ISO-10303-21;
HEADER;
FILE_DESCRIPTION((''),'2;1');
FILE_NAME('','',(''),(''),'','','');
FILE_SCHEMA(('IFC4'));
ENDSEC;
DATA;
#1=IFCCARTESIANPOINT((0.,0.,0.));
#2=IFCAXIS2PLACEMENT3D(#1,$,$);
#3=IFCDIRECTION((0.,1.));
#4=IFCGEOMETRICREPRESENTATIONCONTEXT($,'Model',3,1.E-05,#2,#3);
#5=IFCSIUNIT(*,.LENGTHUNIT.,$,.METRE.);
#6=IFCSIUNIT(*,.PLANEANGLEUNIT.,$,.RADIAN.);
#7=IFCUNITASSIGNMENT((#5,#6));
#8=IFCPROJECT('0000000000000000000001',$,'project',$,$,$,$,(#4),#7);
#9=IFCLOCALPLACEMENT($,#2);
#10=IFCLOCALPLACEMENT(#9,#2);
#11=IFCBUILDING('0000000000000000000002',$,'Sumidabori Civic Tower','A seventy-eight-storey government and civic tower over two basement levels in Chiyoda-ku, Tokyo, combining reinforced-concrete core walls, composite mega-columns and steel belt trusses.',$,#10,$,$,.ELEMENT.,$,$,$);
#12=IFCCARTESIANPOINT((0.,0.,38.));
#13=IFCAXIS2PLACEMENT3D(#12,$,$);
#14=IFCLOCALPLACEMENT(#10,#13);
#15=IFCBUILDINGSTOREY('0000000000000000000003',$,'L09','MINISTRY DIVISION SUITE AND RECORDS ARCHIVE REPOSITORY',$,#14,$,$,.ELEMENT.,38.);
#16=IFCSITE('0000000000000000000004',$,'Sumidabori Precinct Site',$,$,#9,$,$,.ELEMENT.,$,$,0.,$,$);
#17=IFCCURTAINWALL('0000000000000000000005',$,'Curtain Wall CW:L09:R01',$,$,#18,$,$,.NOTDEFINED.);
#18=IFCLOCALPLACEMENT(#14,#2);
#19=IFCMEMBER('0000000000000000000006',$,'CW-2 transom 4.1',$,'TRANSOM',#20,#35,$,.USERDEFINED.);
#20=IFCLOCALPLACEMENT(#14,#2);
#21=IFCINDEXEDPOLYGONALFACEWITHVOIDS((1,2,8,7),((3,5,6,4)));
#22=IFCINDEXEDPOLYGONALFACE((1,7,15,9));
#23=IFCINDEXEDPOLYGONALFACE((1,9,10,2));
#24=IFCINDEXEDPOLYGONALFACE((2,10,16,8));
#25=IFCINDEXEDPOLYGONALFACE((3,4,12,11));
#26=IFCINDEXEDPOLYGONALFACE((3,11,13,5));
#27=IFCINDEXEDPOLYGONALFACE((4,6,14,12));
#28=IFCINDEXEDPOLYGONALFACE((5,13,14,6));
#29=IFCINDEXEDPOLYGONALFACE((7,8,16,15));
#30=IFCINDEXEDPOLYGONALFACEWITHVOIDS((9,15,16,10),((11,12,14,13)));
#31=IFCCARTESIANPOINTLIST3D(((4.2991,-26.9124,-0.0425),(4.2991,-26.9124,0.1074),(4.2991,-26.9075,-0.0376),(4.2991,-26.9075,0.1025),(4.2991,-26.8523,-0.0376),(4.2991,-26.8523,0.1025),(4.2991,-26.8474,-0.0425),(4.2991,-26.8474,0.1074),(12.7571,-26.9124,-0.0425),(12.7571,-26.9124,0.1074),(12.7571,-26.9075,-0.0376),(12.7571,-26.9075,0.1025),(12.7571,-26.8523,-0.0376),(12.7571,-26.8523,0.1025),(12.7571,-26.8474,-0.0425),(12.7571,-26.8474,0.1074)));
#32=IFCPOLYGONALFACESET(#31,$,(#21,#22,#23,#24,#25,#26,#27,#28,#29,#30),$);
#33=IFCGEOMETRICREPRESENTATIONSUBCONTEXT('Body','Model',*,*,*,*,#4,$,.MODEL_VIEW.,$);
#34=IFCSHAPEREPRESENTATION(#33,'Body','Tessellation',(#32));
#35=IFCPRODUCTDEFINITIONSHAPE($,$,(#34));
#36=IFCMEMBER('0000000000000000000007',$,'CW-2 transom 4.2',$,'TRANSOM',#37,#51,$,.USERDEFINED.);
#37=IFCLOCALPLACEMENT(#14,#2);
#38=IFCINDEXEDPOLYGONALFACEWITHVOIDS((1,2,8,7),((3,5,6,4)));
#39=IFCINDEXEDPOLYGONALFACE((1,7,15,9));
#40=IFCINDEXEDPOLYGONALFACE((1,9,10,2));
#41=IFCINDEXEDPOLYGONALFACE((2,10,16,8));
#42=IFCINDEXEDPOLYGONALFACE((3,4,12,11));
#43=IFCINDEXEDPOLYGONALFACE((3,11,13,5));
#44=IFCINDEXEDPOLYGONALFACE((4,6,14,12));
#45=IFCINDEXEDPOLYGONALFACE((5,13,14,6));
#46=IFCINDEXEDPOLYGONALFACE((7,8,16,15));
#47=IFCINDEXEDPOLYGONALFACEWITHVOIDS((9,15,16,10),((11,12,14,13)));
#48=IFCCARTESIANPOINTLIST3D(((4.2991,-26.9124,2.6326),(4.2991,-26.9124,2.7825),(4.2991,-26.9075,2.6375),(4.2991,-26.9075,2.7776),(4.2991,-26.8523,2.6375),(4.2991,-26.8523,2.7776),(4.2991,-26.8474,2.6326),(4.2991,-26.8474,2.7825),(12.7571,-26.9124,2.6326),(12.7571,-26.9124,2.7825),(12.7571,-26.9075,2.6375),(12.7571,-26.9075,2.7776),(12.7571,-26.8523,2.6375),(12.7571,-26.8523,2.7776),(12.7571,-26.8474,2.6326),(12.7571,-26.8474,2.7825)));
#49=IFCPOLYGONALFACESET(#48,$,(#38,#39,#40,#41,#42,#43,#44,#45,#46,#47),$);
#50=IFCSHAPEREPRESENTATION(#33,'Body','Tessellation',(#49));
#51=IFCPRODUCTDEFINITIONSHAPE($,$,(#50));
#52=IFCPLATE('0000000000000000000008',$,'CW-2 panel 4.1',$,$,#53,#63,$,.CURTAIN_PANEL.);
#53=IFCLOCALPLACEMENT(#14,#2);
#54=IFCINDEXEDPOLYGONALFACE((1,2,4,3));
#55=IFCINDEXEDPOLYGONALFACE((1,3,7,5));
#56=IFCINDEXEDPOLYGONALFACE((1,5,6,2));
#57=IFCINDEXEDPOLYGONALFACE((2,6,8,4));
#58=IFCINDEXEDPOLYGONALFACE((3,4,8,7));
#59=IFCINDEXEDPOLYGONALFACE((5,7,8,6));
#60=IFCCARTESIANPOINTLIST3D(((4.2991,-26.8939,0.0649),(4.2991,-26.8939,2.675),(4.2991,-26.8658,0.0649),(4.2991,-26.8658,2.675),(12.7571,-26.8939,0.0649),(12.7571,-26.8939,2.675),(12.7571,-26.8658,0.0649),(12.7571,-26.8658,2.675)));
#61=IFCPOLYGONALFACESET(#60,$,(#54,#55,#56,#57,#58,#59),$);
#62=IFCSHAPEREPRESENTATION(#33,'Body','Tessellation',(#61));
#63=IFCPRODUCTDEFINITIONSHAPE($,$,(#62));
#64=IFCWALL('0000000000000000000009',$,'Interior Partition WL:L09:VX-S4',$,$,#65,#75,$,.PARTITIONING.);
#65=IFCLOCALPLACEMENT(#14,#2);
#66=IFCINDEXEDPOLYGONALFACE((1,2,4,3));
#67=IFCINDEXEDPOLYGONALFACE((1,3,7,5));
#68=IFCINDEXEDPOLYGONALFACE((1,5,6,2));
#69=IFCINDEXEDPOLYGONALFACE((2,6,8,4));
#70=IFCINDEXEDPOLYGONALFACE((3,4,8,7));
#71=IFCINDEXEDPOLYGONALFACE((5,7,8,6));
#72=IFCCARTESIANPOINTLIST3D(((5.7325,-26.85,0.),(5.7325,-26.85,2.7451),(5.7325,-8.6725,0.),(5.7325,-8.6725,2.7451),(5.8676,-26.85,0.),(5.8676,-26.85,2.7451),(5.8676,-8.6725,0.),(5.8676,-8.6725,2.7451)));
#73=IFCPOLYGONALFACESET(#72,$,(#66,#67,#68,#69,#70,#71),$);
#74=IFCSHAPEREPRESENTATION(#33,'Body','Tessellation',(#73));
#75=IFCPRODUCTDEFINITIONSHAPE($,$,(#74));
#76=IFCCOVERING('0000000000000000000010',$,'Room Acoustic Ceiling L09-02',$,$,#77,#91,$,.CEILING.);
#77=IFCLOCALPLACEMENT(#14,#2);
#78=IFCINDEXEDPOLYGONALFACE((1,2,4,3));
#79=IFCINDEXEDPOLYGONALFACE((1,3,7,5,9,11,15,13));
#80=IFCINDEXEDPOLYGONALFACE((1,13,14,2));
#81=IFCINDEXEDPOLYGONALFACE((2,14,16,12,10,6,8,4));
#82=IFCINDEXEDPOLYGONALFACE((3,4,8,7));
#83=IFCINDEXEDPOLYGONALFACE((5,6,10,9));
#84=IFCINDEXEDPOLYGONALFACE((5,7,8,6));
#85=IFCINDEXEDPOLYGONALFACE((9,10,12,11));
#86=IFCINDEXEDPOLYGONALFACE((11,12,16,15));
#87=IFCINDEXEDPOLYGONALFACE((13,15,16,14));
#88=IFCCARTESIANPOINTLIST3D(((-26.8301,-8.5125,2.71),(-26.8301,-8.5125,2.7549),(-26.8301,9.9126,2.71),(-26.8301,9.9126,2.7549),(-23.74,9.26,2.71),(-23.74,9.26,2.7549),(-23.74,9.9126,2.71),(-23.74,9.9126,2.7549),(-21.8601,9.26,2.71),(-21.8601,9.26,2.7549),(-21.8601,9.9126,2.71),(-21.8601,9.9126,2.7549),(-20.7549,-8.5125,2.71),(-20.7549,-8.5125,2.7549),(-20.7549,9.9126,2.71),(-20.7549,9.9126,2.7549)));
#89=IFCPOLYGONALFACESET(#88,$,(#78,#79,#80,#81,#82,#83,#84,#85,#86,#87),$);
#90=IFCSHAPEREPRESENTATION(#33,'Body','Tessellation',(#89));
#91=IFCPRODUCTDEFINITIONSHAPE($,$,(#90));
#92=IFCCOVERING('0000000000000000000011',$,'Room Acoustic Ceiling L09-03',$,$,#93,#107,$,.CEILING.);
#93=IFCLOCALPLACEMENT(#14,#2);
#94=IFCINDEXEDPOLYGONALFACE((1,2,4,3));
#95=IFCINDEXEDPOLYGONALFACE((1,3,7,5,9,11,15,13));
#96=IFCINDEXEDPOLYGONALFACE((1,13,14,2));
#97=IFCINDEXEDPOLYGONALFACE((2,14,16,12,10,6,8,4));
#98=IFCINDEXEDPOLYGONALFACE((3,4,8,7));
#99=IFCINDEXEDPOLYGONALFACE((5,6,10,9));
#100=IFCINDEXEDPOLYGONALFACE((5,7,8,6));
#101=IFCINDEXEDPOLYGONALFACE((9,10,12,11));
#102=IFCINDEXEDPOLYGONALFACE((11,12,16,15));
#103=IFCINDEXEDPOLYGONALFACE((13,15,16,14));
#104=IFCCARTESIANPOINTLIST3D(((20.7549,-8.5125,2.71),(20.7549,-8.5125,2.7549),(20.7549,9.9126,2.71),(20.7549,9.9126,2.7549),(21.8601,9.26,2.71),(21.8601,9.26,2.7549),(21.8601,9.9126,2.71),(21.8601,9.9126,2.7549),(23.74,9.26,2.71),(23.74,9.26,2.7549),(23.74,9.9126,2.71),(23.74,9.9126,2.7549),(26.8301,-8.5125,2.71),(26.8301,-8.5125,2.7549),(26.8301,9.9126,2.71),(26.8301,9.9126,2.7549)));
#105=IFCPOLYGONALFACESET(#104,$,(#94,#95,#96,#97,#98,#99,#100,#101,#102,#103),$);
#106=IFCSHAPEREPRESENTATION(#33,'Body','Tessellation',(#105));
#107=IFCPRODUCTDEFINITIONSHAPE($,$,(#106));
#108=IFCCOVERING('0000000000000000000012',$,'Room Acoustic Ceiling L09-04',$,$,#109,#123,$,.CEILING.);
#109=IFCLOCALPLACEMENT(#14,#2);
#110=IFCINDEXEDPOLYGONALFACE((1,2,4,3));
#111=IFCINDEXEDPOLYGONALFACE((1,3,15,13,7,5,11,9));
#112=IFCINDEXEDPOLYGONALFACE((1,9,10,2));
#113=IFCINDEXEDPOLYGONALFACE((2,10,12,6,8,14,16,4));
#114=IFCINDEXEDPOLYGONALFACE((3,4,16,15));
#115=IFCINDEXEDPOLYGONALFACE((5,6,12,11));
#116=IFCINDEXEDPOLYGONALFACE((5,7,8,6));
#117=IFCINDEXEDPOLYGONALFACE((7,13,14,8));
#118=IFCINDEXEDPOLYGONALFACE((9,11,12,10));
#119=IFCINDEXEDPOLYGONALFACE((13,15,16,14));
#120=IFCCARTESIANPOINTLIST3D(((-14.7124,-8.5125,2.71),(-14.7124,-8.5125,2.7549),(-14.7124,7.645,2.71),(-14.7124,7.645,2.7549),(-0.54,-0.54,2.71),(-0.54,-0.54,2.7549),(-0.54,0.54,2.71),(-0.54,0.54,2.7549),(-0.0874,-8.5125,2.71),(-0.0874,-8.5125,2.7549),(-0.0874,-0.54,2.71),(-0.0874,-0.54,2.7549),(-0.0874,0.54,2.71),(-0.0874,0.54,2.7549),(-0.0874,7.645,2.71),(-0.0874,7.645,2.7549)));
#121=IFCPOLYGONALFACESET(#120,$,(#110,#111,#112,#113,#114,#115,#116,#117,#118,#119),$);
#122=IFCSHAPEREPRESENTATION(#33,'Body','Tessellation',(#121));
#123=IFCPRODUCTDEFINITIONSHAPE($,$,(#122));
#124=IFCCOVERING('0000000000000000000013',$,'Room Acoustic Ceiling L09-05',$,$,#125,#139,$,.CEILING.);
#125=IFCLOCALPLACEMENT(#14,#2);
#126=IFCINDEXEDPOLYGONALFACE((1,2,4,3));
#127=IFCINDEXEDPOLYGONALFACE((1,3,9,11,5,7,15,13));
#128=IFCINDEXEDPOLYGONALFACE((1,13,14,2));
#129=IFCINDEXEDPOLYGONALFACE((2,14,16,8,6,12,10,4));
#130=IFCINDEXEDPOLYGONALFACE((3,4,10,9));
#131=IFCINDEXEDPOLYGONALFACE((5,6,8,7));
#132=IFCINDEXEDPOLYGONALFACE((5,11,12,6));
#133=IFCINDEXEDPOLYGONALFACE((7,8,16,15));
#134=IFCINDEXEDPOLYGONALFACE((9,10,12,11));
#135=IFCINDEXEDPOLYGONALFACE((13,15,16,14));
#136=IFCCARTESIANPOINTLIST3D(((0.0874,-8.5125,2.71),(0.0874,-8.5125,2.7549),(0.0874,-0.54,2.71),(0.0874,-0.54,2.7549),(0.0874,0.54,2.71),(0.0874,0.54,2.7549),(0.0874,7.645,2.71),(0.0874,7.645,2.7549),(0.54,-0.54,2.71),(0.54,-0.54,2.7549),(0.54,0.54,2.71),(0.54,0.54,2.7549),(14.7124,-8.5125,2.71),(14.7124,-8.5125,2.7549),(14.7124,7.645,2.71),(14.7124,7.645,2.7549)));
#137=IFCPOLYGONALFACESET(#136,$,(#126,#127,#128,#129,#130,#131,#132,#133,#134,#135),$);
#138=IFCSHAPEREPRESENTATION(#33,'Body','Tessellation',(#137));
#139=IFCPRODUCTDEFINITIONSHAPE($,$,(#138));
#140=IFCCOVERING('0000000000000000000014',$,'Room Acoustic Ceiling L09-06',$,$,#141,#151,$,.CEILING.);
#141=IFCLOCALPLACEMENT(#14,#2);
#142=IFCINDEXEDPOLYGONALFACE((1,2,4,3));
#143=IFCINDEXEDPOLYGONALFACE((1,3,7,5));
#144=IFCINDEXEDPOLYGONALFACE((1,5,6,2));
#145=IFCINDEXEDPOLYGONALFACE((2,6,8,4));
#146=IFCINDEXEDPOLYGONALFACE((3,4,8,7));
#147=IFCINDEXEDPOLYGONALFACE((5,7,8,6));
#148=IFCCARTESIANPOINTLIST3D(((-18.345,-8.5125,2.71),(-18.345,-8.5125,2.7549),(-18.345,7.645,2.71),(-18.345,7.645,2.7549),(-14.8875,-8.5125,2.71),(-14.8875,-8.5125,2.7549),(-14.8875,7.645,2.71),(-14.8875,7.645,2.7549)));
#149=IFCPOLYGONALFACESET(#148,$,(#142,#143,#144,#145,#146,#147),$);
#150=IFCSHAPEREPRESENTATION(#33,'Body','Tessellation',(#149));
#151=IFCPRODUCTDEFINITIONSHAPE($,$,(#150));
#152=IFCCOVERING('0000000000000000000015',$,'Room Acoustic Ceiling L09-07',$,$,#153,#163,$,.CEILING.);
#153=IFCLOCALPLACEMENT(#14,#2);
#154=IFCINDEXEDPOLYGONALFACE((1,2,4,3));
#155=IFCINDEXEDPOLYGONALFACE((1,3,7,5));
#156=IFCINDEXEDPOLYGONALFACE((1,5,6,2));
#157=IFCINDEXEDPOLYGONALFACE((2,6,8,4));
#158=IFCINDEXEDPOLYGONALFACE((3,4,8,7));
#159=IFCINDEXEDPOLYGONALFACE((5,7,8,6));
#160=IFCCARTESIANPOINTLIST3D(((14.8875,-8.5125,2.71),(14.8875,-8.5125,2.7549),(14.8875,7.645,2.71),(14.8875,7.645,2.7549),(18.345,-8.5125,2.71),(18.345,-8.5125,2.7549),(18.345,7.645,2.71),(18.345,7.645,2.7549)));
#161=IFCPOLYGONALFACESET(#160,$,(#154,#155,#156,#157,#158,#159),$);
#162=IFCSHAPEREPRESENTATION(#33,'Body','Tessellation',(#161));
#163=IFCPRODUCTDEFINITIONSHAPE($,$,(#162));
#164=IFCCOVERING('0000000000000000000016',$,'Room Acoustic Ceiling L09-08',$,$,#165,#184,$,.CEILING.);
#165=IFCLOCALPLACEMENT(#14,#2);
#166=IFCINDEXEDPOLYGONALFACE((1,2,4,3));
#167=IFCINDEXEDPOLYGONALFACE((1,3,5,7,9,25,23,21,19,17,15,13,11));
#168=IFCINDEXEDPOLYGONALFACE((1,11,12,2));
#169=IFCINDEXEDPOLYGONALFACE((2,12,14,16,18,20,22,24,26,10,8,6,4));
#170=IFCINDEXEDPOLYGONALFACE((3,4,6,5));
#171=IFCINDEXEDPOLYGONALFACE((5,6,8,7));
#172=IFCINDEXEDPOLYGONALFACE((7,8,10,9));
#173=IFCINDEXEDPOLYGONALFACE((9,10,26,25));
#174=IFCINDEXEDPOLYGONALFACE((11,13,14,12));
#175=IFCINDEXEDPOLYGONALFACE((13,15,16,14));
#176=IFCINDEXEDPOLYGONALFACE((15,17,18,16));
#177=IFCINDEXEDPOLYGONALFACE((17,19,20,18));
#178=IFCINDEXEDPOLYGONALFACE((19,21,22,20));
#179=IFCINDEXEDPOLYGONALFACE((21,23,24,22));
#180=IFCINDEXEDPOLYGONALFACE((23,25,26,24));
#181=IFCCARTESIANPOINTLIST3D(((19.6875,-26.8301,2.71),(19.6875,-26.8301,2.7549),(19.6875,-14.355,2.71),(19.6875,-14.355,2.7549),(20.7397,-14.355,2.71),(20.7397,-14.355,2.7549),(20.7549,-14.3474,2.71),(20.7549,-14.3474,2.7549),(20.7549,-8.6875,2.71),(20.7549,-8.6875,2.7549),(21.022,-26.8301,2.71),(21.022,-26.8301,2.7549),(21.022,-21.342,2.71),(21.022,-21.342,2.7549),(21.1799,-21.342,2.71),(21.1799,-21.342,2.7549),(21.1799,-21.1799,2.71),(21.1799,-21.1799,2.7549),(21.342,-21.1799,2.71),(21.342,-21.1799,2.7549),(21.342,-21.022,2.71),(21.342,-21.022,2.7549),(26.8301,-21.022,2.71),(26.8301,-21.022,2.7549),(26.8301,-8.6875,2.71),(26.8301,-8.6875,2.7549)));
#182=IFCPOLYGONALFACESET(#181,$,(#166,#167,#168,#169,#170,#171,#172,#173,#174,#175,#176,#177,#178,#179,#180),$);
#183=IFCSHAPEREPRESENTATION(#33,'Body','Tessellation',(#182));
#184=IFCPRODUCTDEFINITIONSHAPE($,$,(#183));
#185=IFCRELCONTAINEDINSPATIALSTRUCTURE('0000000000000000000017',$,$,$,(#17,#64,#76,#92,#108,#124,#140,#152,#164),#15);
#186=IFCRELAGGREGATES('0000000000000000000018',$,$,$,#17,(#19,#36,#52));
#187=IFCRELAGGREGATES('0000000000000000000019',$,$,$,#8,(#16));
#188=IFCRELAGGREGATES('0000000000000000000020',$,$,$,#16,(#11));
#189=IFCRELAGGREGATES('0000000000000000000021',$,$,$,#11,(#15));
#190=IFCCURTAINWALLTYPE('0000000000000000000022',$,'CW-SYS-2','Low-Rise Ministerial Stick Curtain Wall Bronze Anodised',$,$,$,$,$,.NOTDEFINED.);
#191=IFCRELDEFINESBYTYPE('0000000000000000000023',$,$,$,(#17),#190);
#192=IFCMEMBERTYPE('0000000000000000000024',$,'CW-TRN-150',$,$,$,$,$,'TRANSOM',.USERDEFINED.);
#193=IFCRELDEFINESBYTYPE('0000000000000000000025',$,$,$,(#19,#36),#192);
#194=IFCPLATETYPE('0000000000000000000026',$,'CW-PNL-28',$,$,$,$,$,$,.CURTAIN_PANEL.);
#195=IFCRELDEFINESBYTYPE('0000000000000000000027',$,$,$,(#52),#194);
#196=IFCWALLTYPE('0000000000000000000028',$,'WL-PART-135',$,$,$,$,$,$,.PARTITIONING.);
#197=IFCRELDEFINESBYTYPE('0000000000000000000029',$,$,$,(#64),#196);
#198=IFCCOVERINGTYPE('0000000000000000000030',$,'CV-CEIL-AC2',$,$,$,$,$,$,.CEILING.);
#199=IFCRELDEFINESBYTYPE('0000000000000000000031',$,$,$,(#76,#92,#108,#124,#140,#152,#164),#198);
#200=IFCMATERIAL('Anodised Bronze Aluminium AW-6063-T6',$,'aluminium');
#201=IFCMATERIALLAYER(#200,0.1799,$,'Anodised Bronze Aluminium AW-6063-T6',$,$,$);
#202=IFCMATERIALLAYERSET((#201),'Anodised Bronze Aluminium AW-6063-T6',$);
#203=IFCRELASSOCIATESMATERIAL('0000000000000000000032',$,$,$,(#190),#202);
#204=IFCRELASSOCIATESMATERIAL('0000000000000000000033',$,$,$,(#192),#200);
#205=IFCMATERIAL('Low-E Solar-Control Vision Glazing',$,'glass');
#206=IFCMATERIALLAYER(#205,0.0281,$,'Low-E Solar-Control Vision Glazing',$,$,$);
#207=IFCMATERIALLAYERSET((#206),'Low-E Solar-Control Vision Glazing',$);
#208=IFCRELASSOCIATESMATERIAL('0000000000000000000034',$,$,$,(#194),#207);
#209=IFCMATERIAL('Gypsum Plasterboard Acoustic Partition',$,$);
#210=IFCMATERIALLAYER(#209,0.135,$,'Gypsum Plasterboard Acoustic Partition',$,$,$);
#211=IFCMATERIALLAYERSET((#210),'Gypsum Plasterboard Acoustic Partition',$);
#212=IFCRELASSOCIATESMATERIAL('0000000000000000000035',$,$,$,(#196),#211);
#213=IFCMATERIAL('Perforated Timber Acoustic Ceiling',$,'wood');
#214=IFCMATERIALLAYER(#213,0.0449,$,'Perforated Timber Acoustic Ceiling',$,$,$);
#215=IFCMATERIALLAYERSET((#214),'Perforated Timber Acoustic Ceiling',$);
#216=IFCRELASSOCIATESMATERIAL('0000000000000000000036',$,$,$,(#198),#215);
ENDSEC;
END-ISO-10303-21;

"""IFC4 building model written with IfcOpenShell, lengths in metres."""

from ifc_helpers import new_model, si_unit, direction, frame, frame_2d, origin, origin_2d, place, context, subcontext, project, spatial, polyline, rectangle, hollow_rectangle, outline, extrude, source, transform, mapped, material, layer, layer_set, material_profile, profile_set, type_object, element, aggregate, save


model = new_model("IFC4")

# Units and contexts
model_context = context("Model", 3, precision=1e-05, world=origin(), true_north=direction((0.0, 1.0)))
body_context = subcontext(model_context, "Body", "Model", "MODEL_VIEW")
ifc_project = project(units=[si_unit("LENGTHUNIT", "METRE"), si_unit("PLANEANGLEUNIT", "RADIAN")], contexts=[model_context])

# Site, building, storey
site_placement = place(None, origin())
site = spatial("IfcSite", under=ifc_project, at=site_placement, Name="Sumidabori Precinct Site", CompositionType="ELEMENT", RefElevation=0.0)
building_placement = place(site_placement, origin())
building = spatial("IfcBuilding", under=site, at=building_placement, Name="Sumidabori Civic Tower", Description="A seventy-eight-storey government and civic tower over two basement levels in Chiyoda-ku, Tokyo, combining reinforced-concrete core walls, composite mega-columns and steel belt trusses.", CompositionType="ELEMENT")
storey_placement = place(building_placement, frame((0.0, 0.0, 38.0)))
storey = spatial("IfcBuildingStorey", under=building, at=storey_placement, Name="L09", Description="MINISTRY DIVISION SUITE AND RECORDS ARCHIVE REPOSITORY", CompositionType="ELEMENT", Elevation=38.0)

# Curtain wall, members, plate
ifc_material_1 = material(Name="Anodised Bronze Aluminium AW-6063-T6", Category="aluminium")
ifc_layer_1 = layer(ifc_material_1, 0.1799, Name="Anodised Bronze Aluminium AW-6063-T6")
ifc_layer_set_1 = layer_set([ifc_layer_1], Name="Anodised Bronze Aluminium AW-6063-T6")
curtain_wall_type = type_object("IfcCurtainWallType", Name="CW-SYS-2", Description="Low-Rise Ministerial Stick Curtain Wall Bronze Anodised", PredefinedType="NOTDEFINED", material=ifc_layer_set_1)
curtain_wall_placement = place(storey_placement, origin())
curtain_wall = element("IfcCurtainWall", 1, at=curtain_wall_placement, inside=storey, type_object=curtain_wall_type, Name="Curtain Wall CW:L09:R01", PredefinedType="NOTDEFINED")
ifc_material_profile_1 = material_profile(ifc_material_1, hollow_rectangle(XDim=0.0649, YDim=0.1499, WallThickness=0.0049, at=origin_2d()), Name="ALU TRANSOM 150x65")
ifc_profile_set_1 = profile_set([ifc_material_profile_1], Name="Anodised Bronze Aluminium AW-6063-T6")
member_type_1 = type_object("IfcMemberType", Name="CW-TRN-150", ElementType="TRANSOM", PredefinedType="USERDEFINED", material=ifc_profile_set_1)
shared_shape_1 = source(origin(), body_context, "Body", "SweptSolid", [
    extrude(hollow_rectangle(XDim=0.0649, YDim=0.1499, WallThickness=0.0049, at=origin_2d()), origin(), (0.0, 0.0, 1.0), 8.458),
])
member_1_placement = place(storey_placement, frame((4.2991, -26.8799, 0.0325), z_axis=(1.0, 0.0, 0.0), x_axis=(0.0, 1.0, 0.0)))
member_1 = element("IfcMember", 2, at=member_1_placement, type_object=member_type_1, Name="CW-2 transom 4.1", ObjectType="TRANSOM", PredefinedType="USERDEFINED", context=body_context, shape_type="MappedRepresentation", body=[
    mapped(shared_shape_1, transform((0.0, 0.0, 0.0), x_axis=(1.0, 0.0, 0.0), y_axis=(0.0, 1.0, 0.0), z_axis=(0.0, 0.0, 1.0), scale=1.0)),
])
member_2_placement = place(storey_placement, frame((4.2991, -26.8799, 2.7075), z_axis=(1.0, 0.0, 0.0), x_axis=(0.0, 1.0, 0.0)))
member_2 = element("IfcMember", 3, at=member_2_placement, type_object=member_type_1, Name="CW-2 transom 4.2", ObjectType="TRANSOM", PredefinedType="USERDEFINED", context=body_context, shape_type="MappedRepresentation", body=[
    mapped(shared_shape_1, transform((0.0, 0.0, 0.0), x_axis=(1.0, 0.0, 0.0), y_axis=(0.0, 1.0, 0.0), z_axis=(0.0, 0.0, 1.0), scale=1.0)),
])
ifc_material_2 = material(Name="Low-E Solar-Control Vision Glazing", Category="glass")
ifc_layer_2 = layer(ifc_material_2, 0.0281, Name="Low-E Solar-Control Vision Glazing")
ifc_layer_set_2 = layer_set([ifc_layer_2], Name="Low-E Solar-Control Vision Glazing")
plate_type = type_object("IfcPlateType", Name="CW-PNL-28", PredefinedType="CURTAIN_PANEL", material=ifc_layer_set_2)
shared_shape_2 = source(origin(), body_context, "Body", "SweptSolid", [
    extrude(rectangle(XDim=8.458, YDim=0.0281, at=origin_2d()), origin(), (0.0, 0.0, 1.0), 2.6101),
])
plate_placement = place(storey_placement, frame((8.5281, -26.8799, 0.0649), z_axis=(0.0, 0.0, 1.0), x_axis=(1.0, 0.0, 0.0)))
plate = element("IfcPlate", 4, at=plate_placement, type_object=plate_type, Name="CW-2 panel 4.1", PredefinedType="CURTAIN_PANEL", context=body_context, shape_type="MappedRepresentation", body=[
    mapped(shared_shape_2, transform((0.0, 0.0, 0.0), x_axis=(1.0, 0.0, 0.0), y_axis=(0.0, 1.0, 0.0), z_axis=(0.0, 0.0, 1.0), scale=1.0)),
])
aggregate(curtain_wall, [member_1, member_2, plate])

# Wall
ifc_material_3 = material(Name="Gypsum Plasterboard Acoustic Partition")
ifc_layer_3 = layer(ifc_material_3, 0.135, Name="Gypsum Plasterboard Acoustic Partition")
ifc_layer_set_3 = layer_set([ifc_layer_3], Name="Gypsum Plasterboard Acoustic Partition")
wall_type = type_object("IfcWallType", Name="WL-PART-135", PredefinedType="PARTITIONING", material=ifc_layer_set_3)
shared_shape_3 = source(origin(), body_context, "Body", "SweptSolid", [
    extrude(rectangle(XDim=18.1775, YDim=0.135, at=frame_2d((9.0889, 0.0))), origin(), (0.0, 0.0, 1.0), 2.7451),
])
wall_placement = place(storey_placement, frame((5.8, -26.8501, 0.0), z_axis=(0.0, 0.0, 1.0), x_axis=(0.0, 1.0, 0.0)))
element("IfcWall", 5, at=wall_placement, inside=storey, type_object=wall_type, Name="Interior Partition WL:L09:VX-S4", PredefinedType="PARTITIONING", context=body_context, shape_type="MappedRepresentation", body=[
    mapped(shared_shape_3, transform((0.0, 0.0, 0.0), x_axis=(1.0, 0.0, 0.0), y_axis=(0.0, 1.0, 0.0), z_axis=(0.0, 0.0, 1.0), scale=1.0)),
])

# Coverings
ifc_material_4 = material(Name="Perforated Timber Acoustic Ceiling", Category="wood")
ifc_layer_4 = layer(ifc_material_4, 0.0449, Name="Perforated Timber Acoustic Ceiling")
ifc_layer_set_4 = layer_set([ifc_layer_4], Name="Perforated Timber Acoustic Ceiling")
covering_type_1 = type_object("IfcCoveringType", Name="CV-CEIL-AC2", PredefinedType="CEILING", material=ifc_layer_set_4)
covering_1_placement = place(storey_placement, frame((0.0, 0.0, 2.71)))
element("IfcCovering", 6, at=covering_1_placement, inside=storey, type_object=covering_type_1, Name="Room Acoustic Ceiling L09-02", PredefinedType="CEILING", context=body_context, shape_type="SweptSolid", body=[
    extrude(outline(polyline([(-26.8301, -8.5125), (-26.8301, 9.9126), (-23.74, 9.9126), (-23.74, 9.26), (-21.8601, 9.26), (-21.8601, 9.9126), (-20.7549, 9.9126), (-20.7549, -8.5125), (-26.8301, -8.5125)])), origin(), (0.0, 0.0, 1.0), 0.0449),
])
covering_2_placement = place(storey_placement, frame((0.0, 0.0, 2.71)))
element("IfcCovering", 7, at=covering_2_placement, inside=storey, type_object=covering_type_1, Name="Room Acoustic Ceiling L09-03", PredefinedType="CEILING", context=body_context, shape_type="SweptSolid", body=[
    extrude(outline(polyline([(20.7549, 9.9126), (21.8601, 9.9126), (21.8601, 9.26), (23.74, 9.26), (23.74, 9.9126), (26.8301, 9.9126), (26.8301, -8.5125), (20.7549, -8.5125), (20.7549, 9.9126)])), origin(), (0.0, 0.0, 1.0), 0.0449),
])
covering_3_placement = place(storey_placement, frame((0.0, 0.0, 2.71)))
element("IfcCovering", 8, at=covering_3_placement, inside=storey, type_object=covering_type_1, Name="Room Acoustic Ceiling L09-04", PredefinedType="CEILING", context=body_context, shape_type="SweptSolid", body=[
    extrude(outline(polyline([(-14.7124, 7.645), (-0.0874, 7.645), (-0.0874, 0.54), (-0.54, 0.54), (-0.54, -0.54), (-0.0874, -0.54), (-0.0874, -8.5125), (-14.7124, -8.5125), (-14.7124, 7.645)])), origin(), (0.0, 0.0, 1.0), 0.0449),
])
covering_4_placement = place(storey_placement, frame((0.0, 0.0, 2.71)))
element("IfcCovering", 9, at=covering_4_placement, inside=storey, type_object=covering_type_1, Name="Room Acoustic Ceiling L09-05", PredefinedType="CEILING", context=body_context, shape_type="SweptSolid", body=[
    extrude(outline(polyline([(0.0874, -0.54), (0.54, -0.54), (0.54, 0.54), (0.0874, 0.54), (0.0874, 7.645), (14.7124, 7.645), (14.7124, -8.5125), (0.0874, -8.5125), (0.0874, -0.54)])), origin(), (0.0, 0.0, 1.0), 0.0449),
])
covering_5_placement = place(storey_placement, frame((0.0, 0.0, 2.71)))
element("IfcCovering", 10, at=covering_5_placement, inside=storey, type_object=covering_type_1, Name="Room Acoustic Ceiling L09-06", PredefinedType="CEILING", context=body_context, shape_type="SweptSolid", body=[
    extrude(outline(polyline([(-18.345, 7.645), (-14.8875, 7.645), (-14.8875, -8.5125), (-18.345, -8.5125), (-18.345, 7.645)])), origin(), (0.0, 0.0, 1.0), 0.0449),
])
covering_6_placement = place(storey_placement, frame((0.0, 0.0, 2.71)))
element("IfcCovering", 11, at=covering_6_placement, inside=storey, type_object=covering_type_1, Name="Room Acoustic Ceiling L09-07", PredefinedType="CEILING", context=body_context, shape_type="SweptSolid", body=[
    extrude(outline(polyline([(14.8875, 7.645), (18.345, 7.645), (18.345, -8.5125), (14.8875, -8.5125), (14.8875, 7.645)])), origin(), (0.0, 0.0, 1.0), 0.0449),
])
covering_7_placement = place(storey_placement, frame((0.0, 0.0, 2.71)))
element("IfcCovering", 12, at=covering_7_placement, inside=storey, type_object=covering_type_1, Name="Room Acoustic Ceiling L09-08", PredefinedType="CEILING", context=body_context, shape_type="SweptSolid", body=[
    extrude(outline(polyline([(20.7397, -14.355), (20.7549, -14.3474), (20.7549, -8.6875), (26.8301, -8.6875), (26.8301, -21.022), (21.342, -21.022), (21.342, -21.1799), (21.1799, -21.1799), (21.1799, -21.342), (21.022, -21.342), (21.022, -26.8301), (19.6875, -26.8301), (19.6875, -14.355), (20.7397, -14.355)])), origin(), (0.0, 0.0, 1.0), 0.0449),
])

save(model, "model.ifc")
